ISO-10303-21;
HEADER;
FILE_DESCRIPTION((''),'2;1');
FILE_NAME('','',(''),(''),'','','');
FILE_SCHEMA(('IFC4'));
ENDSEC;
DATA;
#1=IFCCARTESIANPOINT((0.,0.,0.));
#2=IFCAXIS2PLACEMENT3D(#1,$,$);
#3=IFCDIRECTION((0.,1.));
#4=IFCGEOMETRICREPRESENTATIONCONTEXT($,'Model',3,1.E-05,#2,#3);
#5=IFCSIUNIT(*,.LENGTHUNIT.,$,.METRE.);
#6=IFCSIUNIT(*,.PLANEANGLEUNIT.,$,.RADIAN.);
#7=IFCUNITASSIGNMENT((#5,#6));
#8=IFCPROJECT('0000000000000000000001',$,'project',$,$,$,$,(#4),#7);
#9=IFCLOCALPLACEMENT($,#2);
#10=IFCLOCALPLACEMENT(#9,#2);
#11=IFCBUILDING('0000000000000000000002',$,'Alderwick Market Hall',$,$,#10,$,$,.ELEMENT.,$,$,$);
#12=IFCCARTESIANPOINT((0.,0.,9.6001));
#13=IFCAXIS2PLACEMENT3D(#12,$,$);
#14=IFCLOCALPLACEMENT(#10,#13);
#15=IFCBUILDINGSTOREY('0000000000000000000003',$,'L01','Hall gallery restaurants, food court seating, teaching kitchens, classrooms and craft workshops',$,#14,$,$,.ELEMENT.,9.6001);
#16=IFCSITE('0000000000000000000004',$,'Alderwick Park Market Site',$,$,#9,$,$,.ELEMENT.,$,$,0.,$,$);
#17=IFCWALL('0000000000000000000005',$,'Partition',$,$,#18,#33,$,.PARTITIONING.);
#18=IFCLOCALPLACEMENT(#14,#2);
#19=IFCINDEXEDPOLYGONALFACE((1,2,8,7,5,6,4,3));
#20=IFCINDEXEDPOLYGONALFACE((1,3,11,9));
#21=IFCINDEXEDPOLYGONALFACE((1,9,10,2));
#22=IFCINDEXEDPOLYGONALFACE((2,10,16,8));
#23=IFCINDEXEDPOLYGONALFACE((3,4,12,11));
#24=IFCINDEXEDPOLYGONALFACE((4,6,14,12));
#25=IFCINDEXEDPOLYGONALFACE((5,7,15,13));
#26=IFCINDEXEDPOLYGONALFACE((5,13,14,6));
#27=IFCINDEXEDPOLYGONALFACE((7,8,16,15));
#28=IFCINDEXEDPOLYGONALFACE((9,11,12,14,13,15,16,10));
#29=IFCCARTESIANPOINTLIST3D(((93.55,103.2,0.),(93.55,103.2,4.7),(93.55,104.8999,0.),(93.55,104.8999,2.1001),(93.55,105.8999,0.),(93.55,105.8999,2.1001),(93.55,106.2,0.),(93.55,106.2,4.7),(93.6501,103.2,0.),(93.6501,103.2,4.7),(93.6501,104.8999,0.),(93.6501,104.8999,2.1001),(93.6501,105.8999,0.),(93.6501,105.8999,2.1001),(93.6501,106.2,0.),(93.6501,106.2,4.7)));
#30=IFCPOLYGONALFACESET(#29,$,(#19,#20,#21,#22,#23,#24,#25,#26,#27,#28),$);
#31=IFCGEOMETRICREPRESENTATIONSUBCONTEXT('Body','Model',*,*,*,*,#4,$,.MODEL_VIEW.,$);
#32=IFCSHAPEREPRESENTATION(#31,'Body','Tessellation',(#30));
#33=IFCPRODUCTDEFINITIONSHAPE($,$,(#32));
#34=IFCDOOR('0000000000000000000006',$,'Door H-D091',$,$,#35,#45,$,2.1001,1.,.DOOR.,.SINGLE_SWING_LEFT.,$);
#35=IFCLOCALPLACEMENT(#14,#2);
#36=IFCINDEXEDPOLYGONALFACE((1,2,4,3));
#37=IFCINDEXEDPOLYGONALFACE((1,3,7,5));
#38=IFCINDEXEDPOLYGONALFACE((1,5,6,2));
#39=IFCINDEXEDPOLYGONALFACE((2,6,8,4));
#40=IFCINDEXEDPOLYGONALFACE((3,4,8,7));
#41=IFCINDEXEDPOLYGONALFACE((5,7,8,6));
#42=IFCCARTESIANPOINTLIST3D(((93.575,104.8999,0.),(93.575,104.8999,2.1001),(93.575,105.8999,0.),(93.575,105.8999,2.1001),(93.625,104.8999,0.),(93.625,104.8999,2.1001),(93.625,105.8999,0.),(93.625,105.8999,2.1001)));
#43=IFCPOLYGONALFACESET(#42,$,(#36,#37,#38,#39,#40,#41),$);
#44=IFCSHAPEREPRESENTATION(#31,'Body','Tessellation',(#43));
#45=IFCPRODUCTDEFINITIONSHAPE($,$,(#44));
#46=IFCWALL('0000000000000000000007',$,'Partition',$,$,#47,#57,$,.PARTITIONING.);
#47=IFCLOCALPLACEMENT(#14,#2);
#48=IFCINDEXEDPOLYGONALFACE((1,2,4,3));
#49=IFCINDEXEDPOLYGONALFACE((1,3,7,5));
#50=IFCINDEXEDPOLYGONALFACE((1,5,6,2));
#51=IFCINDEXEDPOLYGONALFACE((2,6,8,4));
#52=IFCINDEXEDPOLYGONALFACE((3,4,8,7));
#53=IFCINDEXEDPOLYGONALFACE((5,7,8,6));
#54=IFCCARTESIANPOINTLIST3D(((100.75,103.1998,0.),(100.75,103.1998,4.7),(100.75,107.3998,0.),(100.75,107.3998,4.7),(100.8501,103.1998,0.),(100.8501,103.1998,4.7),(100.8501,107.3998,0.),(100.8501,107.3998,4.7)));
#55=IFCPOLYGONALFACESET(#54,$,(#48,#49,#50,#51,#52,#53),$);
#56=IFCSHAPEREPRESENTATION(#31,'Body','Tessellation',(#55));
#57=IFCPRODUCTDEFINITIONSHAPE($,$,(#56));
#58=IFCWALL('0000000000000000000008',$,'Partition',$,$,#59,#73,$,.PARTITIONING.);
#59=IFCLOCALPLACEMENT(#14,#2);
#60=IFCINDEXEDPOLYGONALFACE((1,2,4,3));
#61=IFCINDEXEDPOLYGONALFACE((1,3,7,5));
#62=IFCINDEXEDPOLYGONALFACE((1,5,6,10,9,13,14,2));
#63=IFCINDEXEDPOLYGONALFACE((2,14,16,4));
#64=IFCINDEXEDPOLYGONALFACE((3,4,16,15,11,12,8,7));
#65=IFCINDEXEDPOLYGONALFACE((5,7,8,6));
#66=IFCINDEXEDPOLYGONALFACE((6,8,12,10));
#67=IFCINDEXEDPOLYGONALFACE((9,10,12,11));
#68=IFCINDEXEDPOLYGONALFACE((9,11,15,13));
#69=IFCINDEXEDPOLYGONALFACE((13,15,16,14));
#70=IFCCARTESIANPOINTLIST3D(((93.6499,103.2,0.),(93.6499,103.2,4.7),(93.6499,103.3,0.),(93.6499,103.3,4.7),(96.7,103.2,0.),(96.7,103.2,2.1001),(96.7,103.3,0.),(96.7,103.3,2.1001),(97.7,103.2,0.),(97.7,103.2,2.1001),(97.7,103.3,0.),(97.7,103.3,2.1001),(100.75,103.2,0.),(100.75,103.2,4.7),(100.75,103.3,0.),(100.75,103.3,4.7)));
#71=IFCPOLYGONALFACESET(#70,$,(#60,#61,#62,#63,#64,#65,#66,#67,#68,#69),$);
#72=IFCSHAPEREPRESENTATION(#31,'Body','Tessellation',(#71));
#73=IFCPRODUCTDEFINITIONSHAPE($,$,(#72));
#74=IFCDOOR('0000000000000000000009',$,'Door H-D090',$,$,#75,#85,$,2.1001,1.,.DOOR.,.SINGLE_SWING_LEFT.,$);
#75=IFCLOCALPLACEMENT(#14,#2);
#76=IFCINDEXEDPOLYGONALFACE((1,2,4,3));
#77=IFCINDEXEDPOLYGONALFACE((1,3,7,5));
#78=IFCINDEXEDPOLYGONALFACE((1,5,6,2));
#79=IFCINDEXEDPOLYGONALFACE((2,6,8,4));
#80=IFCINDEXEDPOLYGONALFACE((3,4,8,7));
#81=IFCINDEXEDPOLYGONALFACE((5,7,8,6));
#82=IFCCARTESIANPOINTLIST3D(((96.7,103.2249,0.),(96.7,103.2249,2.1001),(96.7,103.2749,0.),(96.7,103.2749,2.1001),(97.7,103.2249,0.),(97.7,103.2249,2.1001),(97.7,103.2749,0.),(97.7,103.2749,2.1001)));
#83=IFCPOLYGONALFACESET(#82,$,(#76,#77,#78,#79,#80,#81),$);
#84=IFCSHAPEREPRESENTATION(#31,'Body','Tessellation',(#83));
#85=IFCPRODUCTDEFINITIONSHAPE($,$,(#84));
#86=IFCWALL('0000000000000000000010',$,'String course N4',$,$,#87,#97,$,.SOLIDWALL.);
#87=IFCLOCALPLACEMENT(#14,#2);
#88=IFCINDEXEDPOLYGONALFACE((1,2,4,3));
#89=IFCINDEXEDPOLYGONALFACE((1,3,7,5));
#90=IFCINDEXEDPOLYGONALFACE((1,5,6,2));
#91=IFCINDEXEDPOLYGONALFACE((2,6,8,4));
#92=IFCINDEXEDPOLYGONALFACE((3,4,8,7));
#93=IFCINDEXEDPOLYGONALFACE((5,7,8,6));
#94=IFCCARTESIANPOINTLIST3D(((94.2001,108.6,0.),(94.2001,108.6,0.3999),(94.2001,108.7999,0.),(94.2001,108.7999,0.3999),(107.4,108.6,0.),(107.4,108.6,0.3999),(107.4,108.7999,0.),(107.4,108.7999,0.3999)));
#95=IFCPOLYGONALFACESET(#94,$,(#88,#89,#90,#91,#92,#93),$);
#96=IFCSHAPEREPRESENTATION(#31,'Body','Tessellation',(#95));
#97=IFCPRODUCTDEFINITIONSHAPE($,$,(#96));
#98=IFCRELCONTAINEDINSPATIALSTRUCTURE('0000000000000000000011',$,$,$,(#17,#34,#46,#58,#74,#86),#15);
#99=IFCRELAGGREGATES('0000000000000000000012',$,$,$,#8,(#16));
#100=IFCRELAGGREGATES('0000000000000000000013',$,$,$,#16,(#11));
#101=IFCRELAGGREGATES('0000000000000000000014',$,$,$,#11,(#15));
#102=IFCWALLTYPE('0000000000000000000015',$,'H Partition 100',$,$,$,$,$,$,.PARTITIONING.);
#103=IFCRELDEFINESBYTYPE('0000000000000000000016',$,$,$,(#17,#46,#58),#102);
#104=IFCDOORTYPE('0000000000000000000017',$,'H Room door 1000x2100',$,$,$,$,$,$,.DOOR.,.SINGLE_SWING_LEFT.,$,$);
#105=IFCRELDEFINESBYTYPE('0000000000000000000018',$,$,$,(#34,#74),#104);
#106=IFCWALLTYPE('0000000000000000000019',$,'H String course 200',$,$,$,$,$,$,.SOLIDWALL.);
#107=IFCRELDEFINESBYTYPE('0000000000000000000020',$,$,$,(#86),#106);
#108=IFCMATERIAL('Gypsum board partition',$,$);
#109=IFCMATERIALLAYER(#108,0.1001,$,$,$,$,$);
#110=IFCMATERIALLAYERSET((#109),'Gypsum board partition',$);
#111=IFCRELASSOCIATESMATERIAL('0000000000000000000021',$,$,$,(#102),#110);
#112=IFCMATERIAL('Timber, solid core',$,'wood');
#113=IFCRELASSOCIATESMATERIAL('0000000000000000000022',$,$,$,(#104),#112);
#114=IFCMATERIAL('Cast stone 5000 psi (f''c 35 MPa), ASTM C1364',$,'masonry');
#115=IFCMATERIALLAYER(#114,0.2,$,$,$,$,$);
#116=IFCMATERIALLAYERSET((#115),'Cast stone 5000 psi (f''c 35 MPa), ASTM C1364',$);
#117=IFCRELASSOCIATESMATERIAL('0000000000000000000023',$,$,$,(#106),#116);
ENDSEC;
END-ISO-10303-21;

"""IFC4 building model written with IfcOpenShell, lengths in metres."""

from ifc_helpers import new_model, si_unit, direction, frame, frame_2d, origin, place, context, subcontext, project, spatial, rectangle, extrude, material, layer, layer_set, type_object, element, fill, save


model = new_model("IFC4")

# Units and contexts
model_context = context("Model", 3, precision=1e-05, world=origin(), true_north=direction((0.0, 1.0)))
body_context = subcontext(model_context, "Body", "Model", "MODEL_VIEW")
ifc_project = project(units=[si_unit("LENGTHUNIT", "METRE"), si_unit("PLANEANGLEUNIT", "RADIAN")], contexts=[model_context])

# Site, building, storey
site_placement = place(None, origin())
site = spatial("IfcSite", under=ifc_project, at=site_placement, Name="Alderwick Park Market Site", CompositionType="ELEMENT", RefElevation=0.0)
building_placement = place(site_placement, origin())
building = spatial("IfcBuilding", under=site, at=building_placement, Name="Alderwick Market Hall", CompositionType="ELEMENT")
storey_placement = place(building_placement, frame((0.0, 0.0, 9.6001)))
storey = spatial("IfcBuildingStorey", under=building, at=storey_placement, Name="L01", Description="Hall gallery restaurants, food court seating, teaching kitchens, classrooms and craft workshops", CompositionType="ELEMENT", Elevation=9.6001)

# Wall, opening, door
ifc_material_1 = material(Name="Gypsum board partition")
ifc_layer_1 = layer(ifc_material_1, 0.1001)
ifc_layer_set_1 = layer_set([ifc_layer_1], Name="Gypsum board partition")
wall_type_1 = type_object("IfcWallType", Name="H Partition 100", PredefinedType="PARTITIONING", material=ifc_layer_set_1)
wall_1_placement = place(storey_placement, frame((93.6001, 106.2, 0.0), z_axis=(0.0, 0.0, 1.0), x_axis=(0.0, -1.0, 0.0)))
wall_1 = element("IfcWall", 1, at=wall_1_placement, inside=storey, type_object=wall_type_1, Name="Partition", PredefinedType="PARTITIONING", context=body_context, shape_type="SweptSolid", body=[
    extrude(rectangle(XDim=3.0, YDim=0.1001, at=frame_2d((1.5, 0.0))), origin(), (0.0, 0.0, 1.0), 4.7),
])
opening_1_placement = place(wall_1_placement, frame((0.3, 0.0, 0.0)))
opening_1 = element("IfcOpeningElement", 2, at=opening_1_placement, cuts=wall_1, PredefinedType="OPENING", context=body_context, shape_type="SweptSolid", body=[
    extrude(rectangle(XDim=1.0, YDim=2.1001, at=frame_2d((0.5, 1.05))), frame((0.0, 0.0601, 0.0), z_axis=(0.0, -1.0, 0.0), x_axis=(1.0, 0.0, 0.0)), (0.0, 0.0, 1.0), 0.1201),
])
ifc_material_2 = material(Name="Timber, solid core", Category="wood")
door_type = type_object("IfcDoorType", Name="H Room door 1000x2100", OperationType="SINGLE_SWING_LEFT", PredefinedType="DOOR", material=ifc_material_2)
door_1_placement = place(opening_1_placement, origin())
door_1 = element("IfcDoor", 3, at=door_1_placement, inside=storey, type_object=door_type, Name="Door H-D091", OperationType="SINGLE_SWING_LEFT", OverallHeight=2.1001, OverallWidth=1.0, PredefinedType="DOOR", context=body_context, shape_type="SweptSolid", body=[
    extrude(rectangle(XDim=1.0, YDim=2.1001, at=frame_2d((0.5, 1.05))), frame((0.0, 0.0249, 0.0), z_axis=(0.0, -1.0, 0.0), x_axis=(1.0, 0.0, 0.0)), (0.0, 0.0, 1.0), 0.05),
])
fill(opening_1, door_1)

# Wall
wall_2_placement = place(storey_placement, frame((100.8, 107.3999, 0.0), z_axis=(0.0, 0.0, 1.0), x_axis=(0.0, -1.0, 0.0)))
element("IfcWall", 4, at=wall_2_placement, inside=storey, type_object=wall_type_1, Name="Partition", PredefinedType="PARTITIONING", context=body_context, shape_type="SweptSolid", body=[
    extrude(rectangle(XDim=4.2, YDim=0.1001, at=frame_2d((2.1001, 0.0))), origin(), (0.0, 0.0, 1.0), 4.7),
])

# Wall, opening, door
wall_3_placement = place(storey_placement, frame((93.6499, 103.25, 0.0), z_axis=(0.0, 0.0, 1.0), x_axis=(1.0, 0.0, 0.0)))
wall_3 = element("IfcWall", 5, at=wall_3_placement, inside=storey, type_object=wall_type_1, Name="Partition", PredefinedType="PARTITIONING", context=body_context, shape_type="SweptSolid", body=[
    extrude(rectangle(XDim=7.1001, YDim=0.1001, at=frame_2d((3.55, 0.0))), origin(), (0.0, 0.0, 1.0), 4.7),
])
opening_2_placement = place(wall_3_placement, frame((3.05, 0.0, 0.0)))
opening_2 = element("IfcOpeningElement", 6, at=opening_2_placement, cuts=wall_3, PredefinedType="OPENING", context=body_context, shape_type="SweptSolid", body=[
    extrude(rectangle(XDim=1.0, YDim=2.1001, at=frame_2d((0.5, 1.05))), frame((0.0, 0.0601, 0.0), z_axis=(0.0, -1.0, 0.0), x_axis=(1.0, 0.0, 0.0)), (0.0, 0.0, 1.0), 0.1201),
])
door_2_placement = place(opening_2_placement, origin())
door_2 = element("IfcDoor", 7, at=door_2_placement, inside=storey, type_object=door_type, Name="Door H-D090", OperationType="SINGLE_SWING_LEFT", OverallHeight=2.1001, OverallWidth=1.0, PredefinedType="DOOR", context=body_context, shape_type="SweptSolid", body=[
    extrude(rectangle(XDim=1.0, YDim=2.1001, at=frame_2d((0.5, 1.05))), frame((0.0, 0.0249, 0.0), z_axis=(0.0, -1.0, 0.0), x_axis=(1.0, 0.0, 0.0)), (0.0, 0.0, 1.0), 0.05),
])
fill(opening_2, door_2)

# Wall
ifc_material_3 = material(Name="Cast stone 5000 psi (f'c 35 MPa), ASTM C1364", Category="masonry")
ifc_layer_2 = layer(ifc_material_3, 0.2)
ifc_layer_set_2 = layer_set([ifc_layer_2], Name="Cast stone 5000 psi (f'c 35 MPa), ASTM C1364")
wall_type_2 = type_object("IfcWallType", Name="H String course 200", PredefinedType="SOLIDWALL", material=ifc_layer_set_2)
wall_4_placement = place(storey_placement, frame((94.2, 108.7, 0.0), z_axis=(0.0, 0.0, 1.0), x_axis=(1.0, 0.0, 0.0)))
element("IfcWall", 8, at=wall_4_placement, inside=storey, type_object=wall_type_2, Name="String course N4", PredefinedType="SOLIDWALL", context=body_context, shape_type="SweptSolid", body=[
    extrude(rectangle(XDim=13.2, YDim=0.2, at=frame_2d((6.6001, 0.0))), origin(), (0.0, 0.0, 1.0), 0.3999),
])

save(model, "model.ifc")
